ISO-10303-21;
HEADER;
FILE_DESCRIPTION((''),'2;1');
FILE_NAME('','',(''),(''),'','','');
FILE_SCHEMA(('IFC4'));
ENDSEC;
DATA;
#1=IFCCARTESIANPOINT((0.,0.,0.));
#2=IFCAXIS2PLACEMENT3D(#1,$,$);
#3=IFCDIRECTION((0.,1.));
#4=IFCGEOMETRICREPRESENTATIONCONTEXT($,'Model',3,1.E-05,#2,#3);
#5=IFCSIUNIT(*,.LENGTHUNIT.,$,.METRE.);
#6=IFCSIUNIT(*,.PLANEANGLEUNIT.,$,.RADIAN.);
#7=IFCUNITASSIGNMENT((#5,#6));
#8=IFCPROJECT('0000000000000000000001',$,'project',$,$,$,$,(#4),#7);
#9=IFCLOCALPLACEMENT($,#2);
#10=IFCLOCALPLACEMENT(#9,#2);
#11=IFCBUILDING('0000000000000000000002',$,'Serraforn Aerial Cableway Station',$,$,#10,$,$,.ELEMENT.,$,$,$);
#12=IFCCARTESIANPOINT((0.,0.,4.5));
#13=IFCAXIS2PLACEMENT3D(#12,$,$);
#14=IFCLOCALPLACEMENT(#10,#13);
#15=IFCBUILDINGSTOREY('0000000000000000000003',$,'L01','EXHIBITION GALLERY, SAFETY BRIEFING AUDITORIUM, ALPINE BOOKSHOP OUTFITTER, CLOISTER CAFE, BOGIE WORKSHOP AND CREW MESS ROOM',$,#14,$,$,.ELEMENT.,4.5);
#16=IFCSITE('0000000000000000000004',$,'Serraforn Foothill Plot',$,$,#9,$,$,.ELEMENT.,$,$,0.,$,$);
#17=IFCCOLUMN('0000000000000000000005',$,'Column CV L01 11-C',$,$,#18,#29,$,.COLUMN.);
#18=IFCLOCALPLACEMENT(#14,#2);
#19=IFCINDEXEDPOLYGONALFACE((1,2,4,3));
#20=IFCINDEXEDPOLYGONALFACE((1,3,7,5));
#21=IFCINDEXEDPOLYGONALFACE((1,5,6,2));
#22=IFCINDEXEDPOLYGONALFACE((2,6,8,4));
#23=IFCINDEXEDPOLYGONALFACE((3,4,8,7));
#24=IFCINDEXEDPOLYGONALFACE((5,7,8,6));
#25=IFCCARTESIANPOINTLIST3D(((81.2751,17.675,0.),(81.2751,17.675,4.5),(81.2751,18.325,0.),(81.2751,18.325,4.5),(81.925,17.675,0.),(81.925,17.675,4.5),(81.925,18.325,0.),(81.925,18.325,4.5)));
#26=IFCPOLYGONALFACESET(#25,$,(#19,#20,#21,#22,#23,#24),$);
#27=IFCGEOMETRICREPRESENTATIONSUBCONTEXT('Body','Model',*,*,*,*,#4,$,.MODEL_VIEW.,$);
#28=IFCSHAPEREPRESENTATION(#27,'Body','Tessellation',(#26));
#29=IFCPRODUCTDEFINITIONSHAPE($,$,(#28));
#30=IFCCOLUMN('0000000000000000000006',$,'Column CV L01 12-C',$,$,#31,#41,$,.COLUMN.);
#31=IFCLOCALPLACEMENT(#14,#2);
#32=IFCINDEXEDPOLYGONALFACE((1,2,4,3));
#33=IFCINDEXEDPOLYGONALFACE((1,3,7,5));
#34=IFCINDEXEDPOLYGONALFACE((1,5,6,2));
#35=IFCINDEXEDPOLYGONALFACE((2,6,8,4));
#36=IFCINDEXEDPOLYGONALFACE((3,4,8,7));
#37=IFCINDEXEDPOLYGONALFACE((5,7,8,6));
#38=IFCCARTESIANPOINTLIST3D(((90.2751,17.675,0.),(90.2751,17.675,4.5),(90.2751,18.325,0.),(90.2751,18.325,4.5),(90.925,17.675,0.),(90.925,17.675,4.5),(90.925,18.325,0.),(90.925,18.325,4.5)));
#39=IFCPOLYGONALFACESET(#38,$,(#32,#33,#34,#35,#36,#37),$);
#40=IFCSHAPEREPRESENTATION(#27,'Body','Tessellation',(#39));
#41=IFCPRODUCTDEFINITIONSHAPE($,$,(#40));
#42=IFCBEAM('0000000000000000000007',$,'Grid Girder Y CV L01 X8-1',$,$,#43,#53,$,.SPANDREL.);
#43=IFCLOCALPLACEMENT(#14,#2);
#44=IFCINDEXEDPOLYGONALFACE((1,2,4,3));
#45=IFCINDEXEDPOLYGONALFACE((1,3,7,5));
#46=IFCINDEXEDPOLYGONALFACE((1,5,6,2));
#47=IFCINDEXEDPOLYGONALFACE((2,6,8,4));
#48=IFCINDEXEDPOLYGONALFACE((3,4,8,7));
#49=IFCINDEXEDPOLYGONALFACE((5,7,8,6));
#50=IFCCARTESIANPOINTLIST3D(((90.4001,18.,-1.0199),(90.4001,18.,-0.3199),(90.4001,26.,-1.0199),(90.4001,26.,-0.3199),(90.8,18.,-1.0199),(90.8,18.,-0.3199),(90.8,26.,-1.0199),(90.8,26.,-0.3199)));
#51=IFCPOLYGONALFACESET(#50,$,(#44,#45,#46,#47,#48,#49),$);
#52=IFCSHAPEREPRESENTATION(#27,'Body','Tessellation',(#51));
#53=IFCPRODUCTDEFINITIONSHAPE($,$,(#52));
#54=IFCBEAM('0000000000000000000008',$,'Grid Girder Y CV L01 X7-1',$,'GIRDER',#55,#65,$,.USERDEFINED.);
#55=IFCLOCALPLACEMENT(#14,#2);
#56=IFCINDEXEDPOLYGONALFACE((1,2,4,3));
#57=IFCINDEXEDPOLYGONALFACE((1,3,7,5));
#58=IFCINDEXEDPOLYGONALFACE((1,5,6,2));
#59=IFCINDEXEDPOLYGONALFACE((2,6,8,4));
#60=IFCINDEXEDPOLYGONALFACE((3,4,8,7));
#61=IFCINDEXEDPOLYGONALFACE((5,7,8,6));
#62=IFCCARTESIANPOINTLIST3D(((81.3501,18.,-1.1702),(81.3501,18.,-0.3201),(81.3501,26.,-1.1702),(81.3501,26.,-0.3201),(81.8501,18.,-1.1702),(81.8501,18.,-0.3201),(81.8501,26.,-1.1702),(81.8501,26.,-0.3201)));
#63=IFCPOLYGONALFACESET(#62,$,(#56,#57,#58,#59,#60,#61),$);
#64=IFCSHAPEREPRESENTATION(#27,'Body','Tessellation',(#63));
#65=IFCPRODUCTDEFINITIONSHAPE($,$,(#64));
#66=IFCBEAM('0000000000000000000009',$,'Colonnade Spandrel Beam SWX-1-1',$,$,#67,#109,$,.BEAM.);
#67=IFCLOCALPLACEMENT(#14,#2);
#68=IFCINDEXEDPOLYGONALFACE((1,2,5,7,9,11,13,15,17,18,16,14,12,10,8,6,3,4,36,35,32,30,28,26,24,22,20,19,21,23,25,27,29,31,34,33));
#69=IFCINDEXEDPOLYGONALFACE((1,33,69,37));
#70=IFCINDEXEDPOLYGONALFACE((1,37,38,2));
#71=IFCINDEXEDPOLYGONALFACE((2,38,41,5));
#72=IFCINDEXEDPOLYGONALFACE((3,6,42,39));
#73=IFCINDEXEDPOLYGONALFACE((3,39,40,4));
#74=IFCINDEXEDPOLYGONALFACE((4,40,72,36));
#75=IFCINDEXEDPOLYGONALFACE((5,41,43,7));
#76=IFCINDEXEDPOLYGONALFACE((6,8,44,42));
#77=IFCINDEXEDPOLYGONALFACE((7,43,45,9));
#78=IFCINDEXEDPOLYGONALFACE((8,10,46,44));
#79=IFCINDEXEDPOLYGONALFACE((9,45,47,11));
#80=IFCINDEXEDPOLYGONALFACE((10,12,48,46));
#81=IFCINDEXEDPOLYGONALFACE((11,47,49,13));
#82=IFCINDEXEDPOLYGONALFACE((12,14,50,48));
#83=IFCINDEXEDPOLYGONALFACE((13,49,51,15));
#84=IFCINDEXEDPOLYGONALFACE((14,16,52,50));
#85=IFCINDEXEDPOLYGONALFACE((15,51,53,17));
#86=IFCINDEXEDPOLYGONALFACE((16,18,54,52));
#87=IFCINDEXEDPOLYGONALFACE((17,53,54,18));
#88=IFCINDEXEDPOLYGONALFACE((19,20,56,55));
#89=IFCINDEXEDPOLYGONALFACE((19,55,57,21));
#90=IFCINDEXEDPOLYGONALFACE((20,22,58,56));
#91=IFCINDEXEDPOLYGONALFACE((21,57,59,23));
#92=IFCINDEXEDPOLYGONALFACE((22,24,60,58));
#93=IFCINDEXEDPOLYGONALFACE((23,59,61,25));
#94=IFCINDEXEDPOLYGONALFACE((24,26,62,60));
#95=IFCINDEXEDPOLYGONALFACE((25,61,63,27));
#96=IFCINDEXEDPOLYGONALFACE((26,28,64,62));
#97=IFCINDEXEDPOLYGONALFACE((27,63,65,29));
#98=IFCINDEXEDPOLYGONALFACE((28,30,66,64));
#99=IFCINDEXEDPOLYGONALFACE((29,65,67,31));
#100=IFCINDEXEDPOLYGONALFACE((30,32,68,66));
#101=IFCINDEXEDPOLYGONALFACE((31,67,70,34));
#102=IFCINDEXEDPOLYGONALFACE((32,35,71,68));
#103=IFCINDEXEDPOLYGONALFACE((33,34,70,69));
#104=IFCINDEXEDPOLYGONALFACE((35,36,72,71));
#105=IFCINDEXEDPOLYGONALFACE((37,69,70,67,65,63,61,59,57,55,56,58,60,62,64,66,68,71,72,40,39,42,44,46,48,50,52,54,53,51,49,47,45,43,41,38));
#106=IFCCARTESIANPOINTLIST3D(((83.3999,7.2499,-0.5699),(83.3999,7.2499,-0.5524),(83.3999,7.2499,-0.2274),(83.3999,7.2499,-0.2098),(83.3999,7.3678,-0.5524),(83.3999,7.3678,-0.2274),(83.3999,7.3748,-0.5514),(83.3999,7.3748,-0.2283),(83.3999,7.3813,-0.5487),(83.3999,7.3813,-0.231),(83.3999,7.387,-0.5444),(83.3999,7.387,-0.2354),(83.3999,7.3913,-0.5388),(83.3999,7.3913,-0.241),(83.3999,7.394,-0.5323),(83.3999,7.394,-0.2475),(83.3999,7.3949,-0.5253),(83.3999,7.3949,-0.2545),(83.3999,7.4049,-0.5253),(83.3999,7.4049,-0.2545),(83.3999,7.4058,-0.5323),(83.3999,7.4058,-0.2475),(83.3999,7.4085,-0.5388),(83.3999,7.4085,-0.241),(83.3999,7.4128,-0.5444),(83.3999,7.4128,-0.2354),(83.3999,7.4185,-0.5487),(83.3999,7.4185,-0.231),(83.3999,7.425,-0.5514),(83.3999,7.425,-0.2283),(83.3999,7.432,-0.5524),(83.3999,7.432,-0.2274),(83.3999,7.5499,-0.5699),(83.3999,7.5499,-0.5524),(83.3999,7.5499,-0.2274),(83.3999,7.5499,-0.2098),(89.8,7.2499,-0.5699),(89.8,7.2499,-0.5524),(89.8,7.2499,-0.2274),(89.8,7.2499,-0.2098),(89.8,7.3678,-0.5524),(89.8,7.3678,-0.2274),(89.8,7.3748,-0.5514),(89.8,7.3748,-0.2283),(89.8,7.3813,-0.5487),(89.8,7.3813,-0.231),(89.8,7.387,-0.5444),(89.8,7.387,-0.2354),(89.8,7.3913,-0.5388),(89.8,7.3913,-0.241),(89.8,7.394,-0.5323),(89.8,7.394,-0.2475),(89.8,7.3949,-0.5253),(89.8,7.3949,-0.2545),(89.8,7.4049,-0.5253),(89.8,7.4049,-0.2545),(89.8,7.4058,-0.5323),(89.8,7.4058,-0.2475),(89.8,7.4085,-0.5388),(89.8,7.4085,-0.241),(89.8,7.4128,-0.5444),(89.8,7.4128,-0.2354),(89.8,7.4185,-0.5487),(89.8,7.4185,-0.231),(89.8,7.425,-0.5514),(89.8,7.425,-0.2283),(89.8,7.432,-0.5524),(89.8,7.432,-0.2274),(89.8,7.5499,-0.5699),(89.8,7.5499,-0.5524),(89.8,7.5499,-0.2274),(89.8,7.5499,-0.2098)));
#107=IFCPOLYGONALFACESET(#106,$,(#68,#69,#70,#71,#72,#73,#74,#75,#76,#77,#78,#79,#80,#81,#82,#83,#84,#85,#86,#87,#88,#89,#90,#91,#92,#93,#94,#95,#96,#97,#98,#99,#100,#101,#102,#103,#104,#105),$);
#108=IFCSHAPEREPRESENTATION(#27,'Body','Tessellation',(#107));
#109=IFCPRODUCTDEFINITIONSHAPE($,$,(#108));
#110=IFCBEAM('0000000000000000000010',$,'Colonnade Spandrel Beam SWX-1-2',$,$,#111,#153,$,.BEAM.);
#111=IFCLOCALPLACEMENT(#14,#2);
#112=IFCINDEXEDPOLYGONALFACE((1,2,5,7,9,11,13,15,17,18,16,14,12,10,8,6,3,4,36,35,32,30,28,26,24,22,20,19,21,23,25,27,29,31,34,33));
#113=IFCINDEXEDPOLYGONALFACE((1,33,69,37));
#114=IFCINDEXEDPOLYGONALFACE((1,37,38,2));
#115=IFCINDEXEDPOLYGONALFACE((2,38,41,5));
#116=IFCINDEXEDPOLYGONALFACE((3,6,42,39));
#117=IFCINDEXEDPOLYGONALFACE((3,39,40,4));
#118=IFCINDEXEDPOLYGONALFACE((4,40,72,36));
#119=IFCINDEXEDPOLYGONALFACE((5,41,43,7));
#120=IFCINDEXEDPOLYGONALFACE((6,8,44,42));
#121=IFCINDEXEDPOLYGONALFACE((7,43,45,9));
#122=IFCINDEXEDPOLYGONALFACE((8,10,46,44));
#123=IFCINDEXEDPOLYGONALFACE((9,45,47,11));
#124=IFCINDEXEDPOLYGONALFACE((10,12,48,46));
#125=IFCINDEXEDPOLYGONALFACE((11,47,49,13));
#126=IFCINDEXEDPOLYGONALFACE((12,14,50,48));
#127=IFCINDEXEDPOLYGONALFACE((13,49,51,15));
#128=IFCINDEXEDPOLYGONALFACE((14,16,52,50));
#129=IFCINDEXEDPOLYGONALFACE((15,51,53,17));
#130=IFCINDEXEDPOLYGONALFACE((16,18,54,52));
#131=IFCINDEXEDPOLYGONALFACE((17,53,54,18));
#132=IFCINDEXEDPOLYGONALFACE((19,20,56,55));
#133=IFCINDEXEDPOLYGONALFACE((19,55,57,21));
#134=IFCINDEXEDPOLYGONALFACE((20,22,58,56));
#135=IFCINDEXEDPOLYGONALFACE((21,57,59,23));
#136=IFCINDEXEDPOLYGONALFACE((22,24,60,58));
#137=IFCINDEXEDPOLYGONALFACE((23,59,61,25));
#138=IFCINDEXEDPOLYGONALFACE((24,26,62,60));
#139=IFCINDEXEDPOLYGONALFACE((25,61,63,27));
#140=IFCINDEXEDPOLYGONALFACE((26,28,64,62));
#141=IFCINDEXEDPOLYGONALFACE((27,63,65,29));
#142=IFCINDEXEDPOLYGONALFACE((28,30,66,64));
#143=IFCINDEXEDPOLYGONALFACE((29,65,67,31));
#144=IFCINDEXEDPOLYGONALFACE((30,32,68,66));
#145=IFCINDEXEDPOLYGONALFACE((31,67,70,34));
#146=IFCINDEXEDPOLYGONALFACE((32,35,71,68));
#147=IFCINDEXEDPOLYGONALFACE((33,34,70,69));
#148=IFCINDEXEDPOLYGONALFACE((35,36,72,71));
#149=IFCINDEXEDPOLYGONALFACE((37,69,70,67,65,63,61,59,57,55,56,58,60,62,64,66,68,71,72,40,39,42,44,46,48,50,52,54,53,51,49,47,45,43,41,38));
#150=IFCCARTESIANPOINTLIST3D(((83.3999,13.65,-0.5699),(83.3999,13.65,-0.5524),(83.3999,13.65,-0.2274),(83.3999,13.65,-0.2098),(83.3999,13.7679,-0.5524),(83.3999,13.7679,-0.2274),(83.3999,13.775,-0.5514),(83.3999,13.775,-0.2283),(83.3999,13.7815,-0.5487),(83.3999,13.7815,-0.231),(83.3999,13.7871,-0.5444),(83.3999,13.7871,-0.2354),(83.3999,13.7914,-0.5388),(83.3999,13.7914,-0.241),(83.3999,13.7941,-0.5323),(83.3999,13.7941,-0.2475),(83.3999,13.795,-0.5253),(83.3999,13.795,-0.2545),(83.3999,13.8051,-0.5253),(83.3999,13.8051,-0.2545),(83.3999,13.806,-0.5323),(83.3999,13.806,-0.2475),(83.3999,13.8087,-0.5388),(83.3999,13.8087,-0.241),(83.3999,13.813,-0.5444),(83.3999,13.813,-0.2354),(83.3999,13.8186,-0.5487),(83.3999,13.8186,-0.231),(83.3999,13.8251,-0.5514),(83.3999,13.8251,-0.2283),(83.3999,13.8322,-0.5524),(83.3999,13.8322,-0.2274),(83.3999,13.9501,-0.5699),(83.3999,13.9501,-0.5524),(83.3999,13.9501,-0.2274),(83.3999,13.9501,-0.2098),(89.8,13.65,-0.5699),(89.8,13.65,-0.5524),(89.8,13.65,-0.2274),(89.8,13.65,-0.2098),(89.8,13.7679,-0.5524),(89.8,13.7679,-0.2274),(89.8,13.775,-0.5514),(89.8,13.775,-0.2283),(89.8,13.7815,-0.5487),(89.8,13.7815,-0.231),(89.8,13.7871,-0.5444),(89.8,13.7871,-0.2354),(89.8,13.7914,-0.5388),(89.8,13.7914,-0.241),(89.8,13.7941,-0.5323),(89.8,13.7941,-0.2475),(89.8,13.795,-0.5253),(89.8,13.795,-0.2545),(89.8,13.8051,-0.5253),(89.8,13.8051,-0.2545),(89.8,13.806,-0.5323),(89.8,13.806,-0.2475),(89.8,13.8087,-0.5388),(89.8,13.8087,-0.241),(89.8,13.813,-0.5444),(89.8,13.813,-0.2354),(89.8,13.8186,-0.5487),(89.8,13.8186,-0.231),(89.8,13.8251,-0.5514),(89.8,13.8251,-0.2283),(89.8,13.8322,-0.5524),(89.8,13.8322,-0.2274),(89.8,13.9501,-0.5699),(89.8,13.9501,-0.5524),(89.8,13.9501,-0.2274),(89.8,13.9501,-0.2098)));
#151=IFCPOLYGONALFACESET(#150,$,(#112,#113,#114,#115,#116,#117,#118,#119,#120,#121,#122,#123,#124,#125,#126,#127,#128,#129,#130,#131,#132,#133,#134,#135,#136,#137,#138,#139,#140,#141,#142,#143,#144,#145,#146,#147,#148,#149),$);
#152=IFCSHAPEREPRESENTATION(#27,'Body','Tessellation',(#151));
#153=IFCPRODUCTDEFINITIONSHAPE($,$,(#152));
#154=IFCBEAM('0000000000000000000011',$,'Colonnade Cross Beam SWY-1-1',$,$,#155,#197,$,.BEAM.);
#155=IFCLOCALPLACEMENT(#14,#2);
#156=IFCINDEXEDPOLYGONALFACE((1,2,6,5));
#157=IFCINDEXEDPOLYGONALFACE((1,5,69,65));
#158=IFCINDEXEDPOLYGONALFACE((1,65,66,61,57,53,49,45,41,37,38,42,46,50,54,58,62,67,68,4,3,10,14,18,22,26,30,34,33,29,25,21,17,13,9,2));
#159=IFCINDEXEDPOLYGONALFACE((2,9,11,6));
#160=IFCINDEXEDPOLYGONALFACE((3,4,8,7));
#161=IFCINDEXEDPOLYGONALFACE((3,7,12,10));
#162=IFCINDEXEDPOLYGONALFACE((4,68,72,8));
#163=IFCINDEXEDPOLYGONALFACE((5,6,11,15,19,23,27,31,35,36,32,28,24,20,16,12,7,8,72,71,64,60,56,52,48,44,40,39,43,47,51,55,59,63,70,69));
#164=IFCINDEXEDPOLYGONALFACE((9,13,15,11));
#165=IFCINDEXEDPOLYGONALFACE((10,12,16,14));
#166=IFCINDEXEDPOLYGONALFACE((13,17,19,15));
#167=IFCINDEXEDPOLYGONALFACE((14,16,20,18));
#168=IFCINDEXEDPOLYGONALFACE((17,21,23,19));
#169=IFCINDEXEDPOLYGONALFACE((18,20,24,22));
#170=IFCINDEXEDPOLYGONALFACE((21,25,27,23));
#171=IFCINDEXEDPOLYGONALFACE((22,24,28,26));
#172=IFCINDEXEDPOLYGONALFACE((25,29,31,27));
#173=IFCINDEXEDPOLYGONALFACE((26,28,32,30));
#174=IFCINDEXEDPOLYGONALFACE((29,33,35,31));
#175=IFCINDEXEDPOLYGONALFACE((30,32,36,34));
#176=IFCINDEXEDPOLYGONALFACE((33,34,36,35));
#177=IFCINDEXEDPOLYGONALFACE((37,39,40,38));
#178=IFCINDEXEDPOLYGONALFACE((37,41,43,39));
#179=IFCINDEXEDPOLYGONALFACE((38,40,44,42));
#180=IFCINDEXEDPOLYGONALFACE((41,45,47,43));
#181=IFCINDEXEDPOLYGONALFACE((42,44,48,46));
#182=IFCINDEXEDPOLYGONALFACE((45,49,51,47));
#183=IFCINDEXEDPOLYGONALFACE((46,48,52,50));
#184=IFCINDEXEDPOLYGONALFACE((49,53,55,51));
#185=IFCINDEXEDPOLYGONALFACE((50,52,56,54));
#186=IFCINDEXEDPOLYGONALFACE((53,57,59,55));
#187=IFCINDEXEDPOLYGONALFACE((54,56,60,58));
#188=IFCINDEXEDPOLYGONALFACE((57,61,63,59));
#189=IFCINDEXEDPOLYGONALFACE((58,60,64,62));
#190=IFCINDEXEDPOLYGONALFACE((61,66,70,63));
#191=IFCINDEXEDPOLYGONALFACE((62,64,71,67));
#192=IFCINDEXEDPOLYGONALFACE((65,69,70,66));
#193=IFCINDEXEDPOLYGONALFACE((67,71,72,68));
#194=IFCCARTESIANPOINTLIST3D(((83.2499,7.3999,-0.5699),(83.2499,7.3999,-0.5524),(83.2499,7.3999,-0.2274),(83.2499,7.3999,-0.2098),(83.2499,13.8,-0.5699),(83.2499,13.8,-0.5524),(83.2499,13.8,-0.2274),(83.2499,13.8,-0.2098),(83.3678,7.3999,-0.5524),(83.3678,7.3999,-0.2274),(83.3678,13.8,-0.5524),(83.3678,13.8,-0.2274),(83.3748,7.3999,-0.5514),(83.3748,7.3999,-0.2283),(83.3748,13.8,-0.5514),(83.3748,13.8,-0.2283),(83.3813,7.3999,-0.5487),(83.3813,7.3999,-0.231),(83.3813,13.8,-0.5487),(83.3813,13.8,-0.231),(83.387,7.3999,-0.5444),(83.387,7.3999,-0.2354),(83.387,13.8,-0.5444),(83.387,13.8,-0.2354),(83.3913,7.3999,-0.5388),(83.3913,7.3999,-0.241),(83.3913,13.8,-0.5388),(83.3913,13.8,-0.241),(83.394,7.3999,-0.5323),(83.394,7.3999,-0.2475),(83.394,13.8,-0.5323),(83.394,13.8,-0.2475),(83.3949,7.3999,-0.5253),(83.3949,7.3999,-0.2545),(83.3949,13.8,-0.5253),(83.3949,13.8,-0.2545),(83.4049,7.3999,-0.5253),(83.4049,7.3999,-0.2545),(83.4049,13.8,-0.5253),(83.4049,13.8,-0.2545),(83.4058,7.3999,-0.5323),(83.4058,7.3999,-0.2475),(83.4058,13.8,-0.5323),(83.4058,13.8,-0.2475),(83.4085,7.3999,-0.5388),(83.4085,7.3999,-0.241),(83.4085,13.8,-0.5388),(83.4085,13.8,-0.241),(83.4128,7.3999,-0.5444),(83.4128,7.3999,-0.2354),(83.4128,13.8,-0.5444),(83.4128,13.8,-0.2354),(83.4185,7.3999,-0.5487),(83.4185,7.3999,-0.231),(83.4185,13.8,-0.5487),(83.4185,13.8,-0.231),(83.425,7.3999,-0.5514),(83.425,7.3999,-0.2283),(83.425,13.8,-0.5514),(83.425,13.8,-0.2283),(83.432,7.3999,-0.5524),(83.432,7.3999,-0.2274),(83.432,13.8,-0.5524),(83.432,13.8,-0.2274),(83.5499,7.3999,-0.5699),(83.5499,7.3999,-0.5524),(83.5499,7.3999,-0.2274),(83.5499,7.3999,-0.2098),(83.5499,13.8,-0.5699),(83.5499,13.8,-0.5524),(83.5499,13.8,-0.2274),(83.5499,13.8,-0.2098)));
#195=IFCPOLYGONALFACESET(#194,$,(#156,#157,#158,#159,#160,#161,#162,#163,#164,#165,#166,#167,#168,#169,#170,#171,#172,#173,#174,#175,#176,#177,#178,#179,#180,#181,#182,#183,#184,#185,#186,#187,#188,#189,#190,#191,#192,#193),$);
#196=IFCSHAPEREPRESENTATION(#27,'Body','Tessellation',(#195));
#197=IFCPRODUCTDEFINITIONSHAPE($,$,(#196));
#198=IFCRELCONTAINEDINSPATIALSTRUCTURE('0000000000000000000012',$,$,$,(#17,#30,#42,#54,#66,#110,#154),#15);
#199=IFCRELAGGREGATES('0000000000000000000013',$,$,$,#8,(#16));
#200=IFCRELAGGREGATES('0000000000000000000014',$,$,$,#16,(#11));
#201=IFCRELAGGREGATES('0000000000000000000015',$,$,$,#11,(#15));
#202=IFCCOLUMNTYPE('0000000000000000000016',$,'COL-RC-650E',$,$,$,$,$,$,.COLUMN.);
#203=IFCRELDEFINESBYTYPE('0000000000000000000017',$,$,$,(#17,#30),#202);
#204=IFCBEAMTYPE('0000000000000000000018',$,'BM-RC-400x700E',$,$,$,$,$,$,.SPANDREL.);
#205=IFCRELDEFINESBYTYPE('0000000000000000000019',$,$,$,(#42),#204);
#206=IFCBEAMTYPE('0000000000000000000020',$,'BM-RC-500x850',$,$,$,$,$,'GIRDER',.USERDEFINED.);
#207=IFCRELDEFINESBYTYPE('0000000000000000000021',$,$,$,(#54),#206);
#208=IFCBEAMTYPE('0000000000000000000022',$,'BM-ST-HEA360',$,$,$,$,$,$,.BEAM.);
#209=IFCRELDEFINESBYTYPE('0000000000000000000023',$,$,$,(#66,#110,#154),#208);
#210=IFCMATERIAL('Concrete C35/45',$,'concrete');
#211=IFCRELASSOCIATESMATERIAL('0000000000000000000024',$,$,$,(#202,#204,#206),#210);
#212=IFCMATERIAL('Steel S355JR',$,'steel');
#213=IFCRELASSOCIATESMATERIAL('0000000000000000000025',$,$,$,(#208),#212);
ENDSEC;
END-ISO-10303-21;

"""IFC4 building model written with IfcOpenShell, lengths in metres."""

from ifc_helpers import new_model, si_unit, direction, frame, origin, origin_2d, place, context, subcontext, project, spatial, rectangle, i_section, extrude, material, material_profile, profile_set, type_object, element, save


model = new_model("IFC4")

# Units and contexts
model_context = context("Model", 3, precision=1e-05, world=origin(), true_north=direction((0.0, 1.0)))
body_context = subcontext(model_context, "Body", "Model", "MODEL_VIEW")
ifc_project = project(units=[si_unit("LENGTHUNIT", "METRE"), si_unit("PLANEANGLEUNIT", "RADIAN")], contexts=[model_context])

# Site, building, storey
site_placement = place(None, origin())
site = spatial("IfcSite", under=ifc_project, at=site_placement, Name="Serraforn Foothill Plot", CompositionType="ELEMENT", RefElevation=0.0)
building_placement = place(site_placement, origin())
building = spatial("IfcBuilding", under=site, at=building_placement, Name="Serraforn Aerial Cableway Station", CompositionType="ELEMENT")
storey_placement = place(building_placement, frame((0.0, 0.0, 4.5)))
storey = spatial("IfcBuildingStorey", under=building, at=storey_placement, Name="L01", Description="EXHIBITION GALLERY, SAFETY BRIEFING AUDITORIUM, ALPINE BOOKSHOP OUTFITTER, CLOISTER CAFE, BOGIE WORKSHOP AND CREW MESS ROOM", CompositionType="ELEMENT", Elevation=4.5)

# Columns
ifc_material_1 = material(Name="Concrete C35/45", Category="concrete")
ifc_material_profile_1 = material_profile(ifc_material_1, rectangle(XDim=0.6499, YDim=0.6499, at=origin_2d()), Name="RC 650x650")
ifc_profile_set_1 = profile_set([ifc_material_profile_1], Name="Concrete C35/45")
column_type = type_object("IfcColumnType", Name="COL-RC-650E", PredefinedType="COLUMN", material=ifc_profile_set_1)
for number, where, z_axis, x_axis, name in (
    (1, (81.6001, 18.0, 0.0), (0.0, 0.0, 1.0), (1.0, 0.0, 0.0), "Column CV L01 11-C"),
    (2, (90.6001, 18.0, 0.0), (0.0, 0.0, 1.0), (1.0, 0.0, 0.0), "Column CV L01 12-C"),
):
    element("IfcColumn", number, at=place(storey_placement, frame(where, z_axis=z_axis, x_axis=x_axis)), inside=storey, type_object=column_type, Name=name, PredefinedType="COLUMN", context=body_context, shape_type="SweptSolid", body=[
        extrude(rectangle(XDim=0.6499, YDim=0.6499, at=origin_2d()), origin(), (0.0, 0.0, 1.0), 4.5),
    ])

# Beams
ifc_material_profile_2 = material_profile(ifc_material_1, rectangle(XDim=0.3999, YDim=0.7, at=origin_2d()), Name="RC 400x700")
ifc_profile_set_2 = profile_set([ifc_material_profile_2], Name="Concrete C35/45")
beam_type_1 = type_object("IfcBeamType", Name="BM-RC-400x700E", PredefinedType="SPANDREL", material=ifc_profile_set_2)
beam_1_placement = place(storey_placement, frame((90.6001, 18.0, -0.6699), z_axis=(0.0, 1.0, 0.0), x_axis=(-1.0, 0.0, 0.0)))
element("IfcBeam", 3, at=beam_1_placement, inside=storey, type_object=beam_type_1, Name="Grid Girder Y CV L01 X8-1", PredefinedType="SPANDREL", context=body_context, shape_type="SweptSolid", body=[
    extrude(rectangle(XDim=0.3999, YDim=0.7, at=origin_2d()), origin(), (0.0, 0.0, 1.0), 8.0),
])
ifc_material_profile_3 = material_profile(ifc_material_1, rectangle(XDim=0.5, YDim=0.8501, at=origin_2d()), Name="RC 500x850")
ifc_profile_set_3 = profile_set([ifc_material_profile_3], Name="Concrete C35/45")
beam_type_2 = type_object("IfcBeamType", Name="BM-RC-500x850", ElementType="GIRDER", PredefinedType="USERDEFINED", material=ifc_profile_set_3)
beam_2_placement = place(storey_placement, frame((81.6001, 18.0, -0.7451), z_axis=(0.0, 1.0, 0.0), x_axis=(-1.0, 0.0, 0.0)))
element("IfcBeam", 4, at=beam_2_placement, inside=storey, type_object=beam_type_2, Name="Grid Girder Y CV L01 X7-1", ObjectType="GIRDER", PredefinedType="USERDEFINED", context=body_context, shape_type="SweptSolid", body=[
    extrude(rectangle(XDim=0.5, YDim=0.8501, at=origin_2d()), origin(), (0.0, 0.0, 1.0), 8.0),
])
ifc_material_2 = material(Name="Steel S355JR", Category="steel")
ifc_material_profile_4 = material_profile(ifc_material_2, i_section(OverallWidth=0.3, OverallDepth=0.3601, WebThickness=0.01, FlangeThickness=0.0176, FilletRadius=0.0271, at=origin_2d()), Name="HEA 360")
ifc_profile_set_4 = profile_set([ifc_material_profile_4], Name="Steel S355JR")
beam_type_3 = type_object("IfcBeamType", Name="BM-ST-HEA360", PredefinedType="BEAM", material=ifc_profile_set_4)
for number, where, z_axis, x_axis, name in (
    (5, (83.3999, 7.3999, -0.3899), (1.0, 0.0, 0.0), (0.0, 1.0, 0.0), "Colonnade Spandrel Beam SWX-1-1"),
    (6, (83.3999, 13.8, -0.3899), (1.0, 0.0, 0.0), (0.0, 1.0, 0.0), "Colonnade Spandrel Beam SWX-1-2"),
    (7, (83.3999, 7.3999, -0.3899), (0.0, 1.0, 0.0), (-1.0, 0.0, 0.0), "Colonnade Cross Beam SWY-1-1"),
):
    element("IfcBeam", number, at=place(storey_placement, frame(where, z_axis=z_axis, x_axis=x_axis)), inside=storey, type_object=beam_type_3, Name=name, PredefinedType="BEAM", context=body_context, shape_type="SweptSolid", body=[
        extrude(i_section(OverallWidth=0.3, OverallDepth=0.3601, WebThickness=0.01, FlangeThickness=0.0176, FilletRadius=0.0271, at=origin_2d()), origin(), (0.0, 0.0, 1.0), 6.4001),
    ])

save(model, "model.ifc")
